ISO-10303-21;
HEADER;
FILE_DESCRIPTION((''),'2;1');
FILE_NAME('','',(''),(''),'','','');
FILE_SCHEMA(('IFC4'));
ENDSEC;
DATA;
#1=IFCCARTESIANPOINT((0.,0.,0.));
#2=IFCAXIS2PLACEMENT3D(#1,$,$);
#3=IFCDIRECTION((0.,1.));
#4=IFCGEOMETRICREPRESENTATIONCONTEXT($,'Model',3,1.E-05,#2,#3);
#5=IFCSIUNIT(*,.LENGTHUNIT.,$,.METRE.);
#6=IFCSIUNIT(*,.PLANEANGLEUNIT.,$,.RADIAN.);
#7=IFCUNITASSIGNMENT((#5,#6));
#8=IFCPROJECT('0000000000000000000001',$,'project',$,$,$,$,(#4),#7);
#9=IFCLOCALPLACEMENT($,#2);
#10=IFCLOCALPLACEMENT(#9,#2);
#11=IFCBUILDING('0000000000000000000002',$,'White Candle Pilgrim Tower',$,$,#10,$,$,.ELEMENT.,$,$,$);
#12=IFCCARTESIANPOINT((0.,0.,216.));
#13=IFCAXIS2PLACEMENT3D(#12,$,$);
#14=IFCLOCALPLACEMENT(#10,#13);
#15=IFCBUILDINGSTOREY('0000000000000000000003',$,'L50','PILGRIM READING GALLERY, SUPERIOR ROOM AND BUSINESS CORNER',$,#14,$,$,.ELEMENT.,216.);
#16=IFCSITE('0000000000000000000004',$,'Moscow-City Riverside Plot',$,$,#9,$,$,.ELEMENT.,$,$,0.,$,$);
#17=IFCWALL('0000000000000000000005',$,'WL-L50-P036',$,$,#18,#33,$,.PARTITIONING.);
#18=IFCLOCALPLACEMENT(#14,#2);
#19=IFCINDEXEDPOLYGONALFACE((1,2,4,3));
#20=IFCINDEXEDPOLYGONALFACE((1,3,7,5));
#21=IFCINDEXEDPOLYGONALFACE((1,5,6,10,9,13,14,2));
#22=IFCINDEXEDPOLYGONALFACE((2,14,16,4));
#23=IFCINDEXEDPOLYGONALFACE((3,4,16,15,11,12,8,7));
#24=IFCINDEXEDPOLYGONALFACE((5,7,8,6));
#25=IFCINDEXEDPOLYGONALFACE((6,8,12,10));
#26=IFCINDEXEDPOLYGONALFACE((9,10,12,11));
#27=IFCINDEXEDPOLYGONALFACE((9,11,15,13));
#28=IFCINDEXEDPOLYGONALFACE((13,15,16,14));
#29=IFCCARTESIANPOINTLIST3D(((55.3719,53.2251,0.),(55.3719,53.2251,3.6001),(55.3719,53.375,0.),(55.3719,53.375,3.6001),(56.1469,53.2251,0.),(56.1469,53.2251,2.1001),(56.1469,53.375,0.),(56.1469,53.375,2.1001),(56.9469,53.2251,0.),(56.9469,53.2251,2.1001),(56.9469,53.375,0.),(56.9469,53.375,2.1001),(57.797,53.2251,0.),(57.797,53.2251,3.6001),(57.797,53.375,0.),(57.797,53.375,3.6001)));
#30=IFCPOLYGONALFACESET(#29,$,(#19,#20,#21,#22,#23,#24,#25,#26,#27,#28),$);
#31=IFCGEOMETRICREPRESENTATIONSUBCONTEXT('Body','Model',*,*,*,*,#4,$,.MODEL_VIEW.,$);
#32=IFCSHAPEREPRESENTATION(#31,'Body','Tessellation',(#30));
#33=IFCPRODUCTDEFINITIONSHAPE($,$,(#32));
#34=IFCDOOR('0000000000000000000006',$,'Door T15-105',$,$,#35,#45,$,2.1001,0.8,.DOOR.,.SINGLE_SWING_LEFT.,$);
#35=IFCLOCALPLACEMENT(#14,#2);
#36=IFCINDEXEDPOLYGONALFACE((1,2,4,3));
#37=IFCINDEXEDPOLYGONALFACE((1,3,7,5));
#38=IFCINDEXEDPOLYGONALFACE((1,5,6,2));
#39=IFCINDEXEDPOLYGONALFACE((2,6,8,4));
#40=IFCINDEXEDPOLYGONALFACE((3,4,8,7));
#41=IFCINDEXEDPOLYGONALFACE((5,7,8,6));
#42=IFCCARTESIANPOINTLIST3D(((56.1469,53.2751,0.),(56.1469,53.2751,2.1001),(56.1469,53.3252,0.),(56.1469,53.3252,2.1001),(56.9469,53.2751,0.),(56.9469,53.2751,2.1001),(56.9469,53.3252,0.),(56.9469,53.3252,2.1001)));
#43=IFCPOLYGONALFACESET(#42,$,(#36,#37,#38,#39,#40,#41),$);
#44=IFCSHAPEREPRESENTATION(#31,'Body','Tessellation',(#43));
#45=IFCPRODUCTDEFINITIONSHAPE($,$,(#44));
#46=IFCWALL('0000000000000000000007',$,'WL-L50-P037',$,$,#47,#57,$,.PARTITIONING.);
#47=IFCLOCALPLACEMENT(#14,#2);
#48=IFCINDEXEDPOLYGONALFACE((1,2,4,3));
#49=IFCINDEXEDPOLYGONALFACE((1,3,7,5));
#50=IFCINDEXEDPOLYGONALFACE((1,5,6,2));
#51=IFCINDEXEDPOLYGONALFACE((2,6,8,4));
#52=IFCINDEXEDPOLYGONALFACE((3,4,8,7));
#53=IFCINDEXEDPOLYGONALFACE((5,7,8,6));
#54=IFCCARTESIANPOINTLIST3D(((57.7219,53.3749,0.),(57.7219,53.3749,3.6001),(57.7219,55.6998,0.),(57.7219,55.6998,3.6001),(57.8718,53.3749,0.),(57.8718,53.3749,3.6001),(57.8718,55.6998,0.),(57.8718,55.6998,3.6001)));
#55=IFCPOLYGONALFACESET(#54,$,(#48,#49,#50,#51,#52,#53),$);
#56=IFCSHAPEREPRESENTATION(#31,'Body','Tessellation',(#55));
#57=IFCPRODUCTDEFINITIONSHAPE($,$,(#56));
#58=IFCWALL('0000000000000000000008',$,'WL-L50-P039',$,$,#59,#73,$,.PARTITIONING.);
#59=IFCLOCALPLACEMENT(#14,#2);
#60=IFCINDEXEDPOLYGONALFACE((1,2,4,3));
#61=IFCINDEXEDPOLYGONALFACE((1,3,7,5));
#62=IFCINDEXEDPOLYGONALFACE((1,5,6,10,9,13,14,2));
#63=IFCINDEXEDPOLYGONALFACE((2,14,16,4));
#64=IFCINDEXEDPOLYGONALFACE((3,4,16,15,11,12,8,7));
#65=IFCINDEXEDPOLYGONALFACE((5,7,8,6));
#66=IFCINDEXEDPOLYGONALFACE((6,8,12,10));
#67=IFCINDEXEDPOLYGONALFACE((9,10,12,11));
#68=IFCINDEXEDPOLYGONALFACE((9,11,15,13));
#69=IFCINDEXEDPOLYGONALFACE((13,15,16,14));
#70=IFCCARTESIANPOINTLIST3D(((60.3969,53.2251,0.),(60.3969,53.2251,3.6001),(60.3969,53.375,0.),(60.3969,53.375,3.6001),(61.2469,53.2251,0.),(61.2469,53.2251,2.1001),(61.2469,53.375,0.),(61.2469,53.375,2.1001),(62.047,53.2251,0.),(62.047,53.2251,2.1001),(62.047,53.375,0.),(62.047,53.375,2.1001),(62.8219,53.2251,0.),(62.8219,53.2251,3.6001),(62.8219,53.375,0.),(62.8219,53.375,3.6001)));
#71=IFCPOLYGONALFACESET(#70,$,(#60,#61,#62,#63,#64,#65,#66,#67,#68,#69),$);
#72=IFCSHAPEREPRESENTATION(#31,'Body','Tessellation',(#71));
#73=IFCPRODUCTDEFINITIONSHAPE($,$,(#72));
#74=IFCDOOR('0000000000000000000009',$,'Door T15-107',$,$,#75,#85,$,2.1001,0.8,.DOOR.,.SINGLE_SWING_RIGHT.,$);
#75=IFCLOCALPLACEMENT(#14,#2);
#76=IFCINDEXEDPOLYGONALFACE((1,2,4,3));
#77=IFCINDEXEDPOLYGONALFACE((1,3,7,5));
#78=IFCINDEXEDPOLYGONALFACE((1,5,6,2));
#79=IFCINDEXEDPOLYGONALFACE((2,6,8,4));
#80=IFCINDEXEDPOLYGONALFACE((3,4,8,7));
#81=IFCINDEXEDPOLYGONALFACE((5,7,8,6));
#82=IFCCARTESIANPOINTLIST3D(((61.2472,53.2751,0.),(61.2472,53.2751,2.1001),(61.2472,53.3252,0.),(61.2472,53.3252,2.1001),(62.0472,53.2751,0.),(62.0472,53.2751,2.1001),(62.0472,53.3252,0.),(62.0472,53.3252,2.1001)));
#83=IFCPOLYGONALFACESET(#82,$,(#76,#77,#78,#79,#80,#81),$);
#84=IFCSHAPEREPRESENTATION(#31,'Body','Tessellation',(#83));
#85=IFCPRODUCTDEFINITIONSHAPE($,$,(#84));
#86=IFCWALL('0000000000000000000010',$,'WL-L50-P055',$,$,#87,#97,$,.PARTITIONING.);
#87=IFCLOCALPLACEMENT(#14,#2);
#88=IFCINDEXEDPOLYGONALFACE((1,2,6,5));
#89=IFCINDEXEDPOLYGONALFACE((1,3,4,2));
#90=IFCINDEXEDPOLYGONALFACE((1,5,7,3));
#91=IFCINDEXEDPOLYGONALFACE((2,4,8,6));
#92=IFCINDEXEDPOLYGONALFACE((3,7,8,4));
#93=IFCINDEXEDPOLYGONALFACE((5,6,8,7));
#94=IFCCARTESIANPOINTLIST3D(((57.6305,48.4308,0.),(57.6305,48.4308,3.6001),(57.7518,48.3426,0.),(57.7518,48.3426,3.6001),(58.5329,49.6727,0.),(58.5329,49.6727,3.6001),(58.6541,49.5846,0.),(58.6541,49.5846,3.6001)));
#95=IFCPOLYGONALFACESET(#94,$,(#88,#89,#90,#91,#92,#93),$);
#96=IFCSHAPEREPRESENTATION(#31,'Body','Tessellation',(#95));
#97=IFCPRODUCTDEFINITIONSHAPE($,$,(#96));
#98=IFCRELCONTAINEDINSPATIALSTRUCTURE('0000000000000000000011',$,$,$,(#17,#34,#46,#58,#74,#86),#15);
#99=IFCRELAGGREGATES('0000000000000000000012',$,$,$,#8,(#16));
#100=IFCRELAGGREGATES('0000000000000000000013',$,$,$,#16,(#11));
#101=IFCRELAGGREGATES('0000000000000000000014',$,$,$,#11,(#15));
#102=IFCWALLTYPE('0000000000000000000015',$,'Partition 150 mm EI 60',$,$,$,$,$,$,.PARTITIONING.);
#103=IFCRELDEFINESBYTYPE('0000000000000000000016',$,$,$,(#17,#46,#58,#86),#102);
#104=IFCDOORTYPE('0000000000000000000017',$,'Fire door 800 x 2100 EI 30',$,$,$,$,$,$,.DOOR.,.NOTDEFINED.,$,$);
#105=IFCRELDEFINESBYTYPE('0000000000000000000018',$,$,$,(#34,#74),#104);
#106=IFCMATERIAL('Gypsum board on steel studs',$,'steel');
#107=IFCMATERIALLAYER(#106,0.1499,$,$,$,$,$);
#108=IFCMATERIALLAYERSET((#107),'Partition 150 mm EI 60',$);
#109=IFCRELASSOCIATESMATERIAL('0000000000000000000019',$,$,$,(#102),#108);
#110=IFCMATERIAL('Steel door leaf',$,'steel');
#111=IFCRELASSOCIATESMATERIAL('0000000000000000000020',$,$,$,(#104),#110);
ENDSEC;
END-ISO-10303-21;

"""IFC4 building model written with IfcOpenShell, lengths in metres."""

from ifc_helpers import new_model, si_unit, direction, frame, frame_2d, origin, place, context, subcontext, project, spatial, rectangle, extrude, material, layer, layer_set, type_object, element, fill, save


model = new_model("IFC4")

# Units and contexts
model_context = context("Model", 3, precision=1e-05, world=origin(), true_north=direction((0.0, 1.0)))
body_context = subcontext(model_context, "Body", "Model", "MODEL_VIEW")
ifc_project = project(units=[si_unit("LENGTHUNIT", "METRE"), si_unit("PLANEANGLEUNIT", "RADIAN")], contexts=[model_context])

# Site, building, storey
site_placement = place(None, origin())
site = spatial("IfcSite", under=ifc_project, at=site_placement, Name="Moscow-City Riverside Plot", CompositionType="ELEMENT", RefElevation=0.0)
building_placement = place(site_placement, origin())
building = spatial("IfcBuilding", under=site, at=building_placement, Name="White Candle Pilgrim Tower", CompositionType="ELEMENT")
storey_placement = place(building_placement, frame((0.0, 0.0, 216.0)))
storey = spatial("IfcBuildingStorey", under=building, at=storey_placement, Name="L50", Description="PILGRIM READING GALLERY, SUPERIOR ROOM AND BUSINESS CORNER", CompositionType="ELEMENT", Elevation=216.0)

# Shared definitions
ifc_material_1 = material(Name="Gypsum board on steel studs", Category="steel")
ifc_layer_1 = layer(ifc_material_1, 0.1499)
ifc_layer_set_1 = layer_set([ifc_layer_1], Name="Partition 150 mm EI 60")
wall_type_1 = type_object("IfcWallType", Name="Partition 150 mm EI 60", PredefinedType="PARTITIONING", material=ifc_layer_set_1)

# Wall, opening, door
wall_1_placement = place(storey_placement, frame((57.7969, 53.3, 0.0), z_axis=(0.0, 0.0, 1.0), x_axis=(-1.0, 0.0, 0.0)))
wall_1 = element("IfcWall", 1, at=wall_1_placement, inside=storey, type_object=wall_type_1, Name="WL-L50-P036", PredefinedType="PARTITIONING", context=body_context, shape_type="SweptSolid", body=[
    extrude(rectangle(XDim=2.425, YDim=0.1499, at=frame_2d((1.2124, 0.0))), origin(), (0.0, 0.0, 1.0), 3.6001),
])
opening_1_placement = place(wall_1_placement, frame((0.8501, 0.0, 0.0)))
opening_1 = element("IfcOpeningElement", 2, at=opening_1_placement, cuts=wall_1, PredefinedType="OPENING", context=body_context, shape_type="SweptSolid", body=[
    extrude(rectangle(XDim=0.8, YDim=2.1001, at=frame_2d((0.3999, 1.05))), frame((0.0, 0.085, 0.0), z_axis=(0.0, -1.0, 0.0), x_axis=(1.0, 0.0, 0.0)), (0.0, 0.0, 1.0), 0.1699),
])
ifc_material_2 = material(Name="Steel door leaf", Category="steel")
door_type = type_object("IfcDoorType", Name="Fire door 800 x 2100 EI 30", OperationType="NOTDEFINED", PredefinedType="DOOR", material=ifc_material_2)
door_1_placement = place(opening_1_placement, origin())
door_1 = element("IfcDoor", 3, at=door_1_placement, inside=storey, type_object=door_type, Name="Door T15-105", OperationType="SINGLE_SWING_LEFT", OverallHeight=2.1001, OverallWidth=0.8, PredefinedType="DOOR", context=body_context, shape_type="SweptSolid", body=[
    extrude(rectangle(XDim=0.8, YDim=2.1001, at=frame_2d((0.3999, 1.05))), frame((0.0, 0.0249, 0.0), z_axis=(0.0, -1.0, 0.0), x_axis=(1.0, 0.0, 0.0)), (0.0, 0.0, 1.0), 0.05),
])
fill(opening_1, door_1)

# Wall
wall_2_placement = place(storey_placement, frame((57.7969, 55.7, 0.0), z_axis=(0.0, 0.0, 1.0), x_axis=(0.0, -1.0, 0.0)))
element("IfcWall", 4, at=wall_2_placement, inside=storey, type_object=wall_type_1, Name="WL-L50-P037", PredefinedType="PARTITIONING", context=body_context, shape_type="SweptSolid", body=[
    extrude(rectangle(XDim=2.325, YDim=0.1499, at=frame_2d((1.1626, 0.0))), origin(), (0.0, 0.0, 1.0), 3.6001),
])

# Wall, opening, door
wall_3_placement = place(storey_placement, frame((60.397, 53.3, 0.0), z_axis=(0.0, 0.0, 1.0), x_axis=(1.0, 0.0, 0.0)))
wall_3 = element("IfcWall", 5, at=wall_3_placement, inside=storey, type_object=wall_type_1, Name="WL-L50-P039", PredefinedType="PARTITIONING", context=body_context, shape_type="SweptSolid", body=[
    extrude(rectangle(XDim=2.425, YDim=0.1499, at=frame_2d((1.2124, 0.0))), origin(), (0.0, 0.0, 1.0), 3.6001),
])
opening_2_placement = place(wall_3_placement, frame((0.8501, 0.0, 0.0)))
opening_2 = element("IfcOpeningElement", 6, at=opening_2_placement, cuts=wall_3, PredefinedType="OPENING", context=body_context, shape_type="SweptSolid", body=[
    extrude(rectangle(XDim=0.8, YDim=2.1001, at=frame_2d((0.3999, 1.05))), frame((0.0, 0.085, 0.0), z_axis=(0.0, -1.0, 0.0), x_axis=(1.0, 0.0, 0.0)), (0.0, 0.0, 1.0), 0.1699),
])
door_2_placement = place(opening_2_placement, frame((0.8, 0.0, 0.0), z_axis=(0.0, 0.0, 1.0), x_axis=(-1.0, 0.0, 0.0)))
door_2 = element("IfcDoor", 7, at=door_2_placement, inside=storey, type_object=door_type, Name="Door T15-107", OperationType="SINGLE_SWING_RIGHT", OverallHeight=2.1001, OverallWidth=0.8, PredefinedType="DOOR", context=body_context, shape_type="SweptSolid", body=[
    extrude(rectangle(XDim=0.8, YDim=2.1001, at=frame_2d((0.3999, 1.05))), frame((0.0, 0.0249, 0.0), z_axis=(0.0, -1.0, 0.0), x_axis=(1.0, 0.0, 0.0)), (0.0, 0.0, 1.0), 0.05),
])
fill(opening_2, door_2)

# Wall
wall_4_placement = place(storey_placement, frame((58.5935, 49.6287, 0.0), z_axis=(0.0, 0.0, 1.0), x_axis=(-0.587793, -0.809011, 0.0)))
element("IfcWall", 8, at=wall_4_placement, inside=storey, type_object=wall_type_1, Name="WL-L50-P055", PredefinedType="PARTITIONING", context=body_context, shape_type="SweptSolid", body=[
    extrude(rectangle(XDim=1.5352, YDim=0.1499, at=frame_2d((0.7676, 0.0))), origin(), (0.0, 0.0, 1.0), 3.6001),
])

save(model, "model.ifc")
